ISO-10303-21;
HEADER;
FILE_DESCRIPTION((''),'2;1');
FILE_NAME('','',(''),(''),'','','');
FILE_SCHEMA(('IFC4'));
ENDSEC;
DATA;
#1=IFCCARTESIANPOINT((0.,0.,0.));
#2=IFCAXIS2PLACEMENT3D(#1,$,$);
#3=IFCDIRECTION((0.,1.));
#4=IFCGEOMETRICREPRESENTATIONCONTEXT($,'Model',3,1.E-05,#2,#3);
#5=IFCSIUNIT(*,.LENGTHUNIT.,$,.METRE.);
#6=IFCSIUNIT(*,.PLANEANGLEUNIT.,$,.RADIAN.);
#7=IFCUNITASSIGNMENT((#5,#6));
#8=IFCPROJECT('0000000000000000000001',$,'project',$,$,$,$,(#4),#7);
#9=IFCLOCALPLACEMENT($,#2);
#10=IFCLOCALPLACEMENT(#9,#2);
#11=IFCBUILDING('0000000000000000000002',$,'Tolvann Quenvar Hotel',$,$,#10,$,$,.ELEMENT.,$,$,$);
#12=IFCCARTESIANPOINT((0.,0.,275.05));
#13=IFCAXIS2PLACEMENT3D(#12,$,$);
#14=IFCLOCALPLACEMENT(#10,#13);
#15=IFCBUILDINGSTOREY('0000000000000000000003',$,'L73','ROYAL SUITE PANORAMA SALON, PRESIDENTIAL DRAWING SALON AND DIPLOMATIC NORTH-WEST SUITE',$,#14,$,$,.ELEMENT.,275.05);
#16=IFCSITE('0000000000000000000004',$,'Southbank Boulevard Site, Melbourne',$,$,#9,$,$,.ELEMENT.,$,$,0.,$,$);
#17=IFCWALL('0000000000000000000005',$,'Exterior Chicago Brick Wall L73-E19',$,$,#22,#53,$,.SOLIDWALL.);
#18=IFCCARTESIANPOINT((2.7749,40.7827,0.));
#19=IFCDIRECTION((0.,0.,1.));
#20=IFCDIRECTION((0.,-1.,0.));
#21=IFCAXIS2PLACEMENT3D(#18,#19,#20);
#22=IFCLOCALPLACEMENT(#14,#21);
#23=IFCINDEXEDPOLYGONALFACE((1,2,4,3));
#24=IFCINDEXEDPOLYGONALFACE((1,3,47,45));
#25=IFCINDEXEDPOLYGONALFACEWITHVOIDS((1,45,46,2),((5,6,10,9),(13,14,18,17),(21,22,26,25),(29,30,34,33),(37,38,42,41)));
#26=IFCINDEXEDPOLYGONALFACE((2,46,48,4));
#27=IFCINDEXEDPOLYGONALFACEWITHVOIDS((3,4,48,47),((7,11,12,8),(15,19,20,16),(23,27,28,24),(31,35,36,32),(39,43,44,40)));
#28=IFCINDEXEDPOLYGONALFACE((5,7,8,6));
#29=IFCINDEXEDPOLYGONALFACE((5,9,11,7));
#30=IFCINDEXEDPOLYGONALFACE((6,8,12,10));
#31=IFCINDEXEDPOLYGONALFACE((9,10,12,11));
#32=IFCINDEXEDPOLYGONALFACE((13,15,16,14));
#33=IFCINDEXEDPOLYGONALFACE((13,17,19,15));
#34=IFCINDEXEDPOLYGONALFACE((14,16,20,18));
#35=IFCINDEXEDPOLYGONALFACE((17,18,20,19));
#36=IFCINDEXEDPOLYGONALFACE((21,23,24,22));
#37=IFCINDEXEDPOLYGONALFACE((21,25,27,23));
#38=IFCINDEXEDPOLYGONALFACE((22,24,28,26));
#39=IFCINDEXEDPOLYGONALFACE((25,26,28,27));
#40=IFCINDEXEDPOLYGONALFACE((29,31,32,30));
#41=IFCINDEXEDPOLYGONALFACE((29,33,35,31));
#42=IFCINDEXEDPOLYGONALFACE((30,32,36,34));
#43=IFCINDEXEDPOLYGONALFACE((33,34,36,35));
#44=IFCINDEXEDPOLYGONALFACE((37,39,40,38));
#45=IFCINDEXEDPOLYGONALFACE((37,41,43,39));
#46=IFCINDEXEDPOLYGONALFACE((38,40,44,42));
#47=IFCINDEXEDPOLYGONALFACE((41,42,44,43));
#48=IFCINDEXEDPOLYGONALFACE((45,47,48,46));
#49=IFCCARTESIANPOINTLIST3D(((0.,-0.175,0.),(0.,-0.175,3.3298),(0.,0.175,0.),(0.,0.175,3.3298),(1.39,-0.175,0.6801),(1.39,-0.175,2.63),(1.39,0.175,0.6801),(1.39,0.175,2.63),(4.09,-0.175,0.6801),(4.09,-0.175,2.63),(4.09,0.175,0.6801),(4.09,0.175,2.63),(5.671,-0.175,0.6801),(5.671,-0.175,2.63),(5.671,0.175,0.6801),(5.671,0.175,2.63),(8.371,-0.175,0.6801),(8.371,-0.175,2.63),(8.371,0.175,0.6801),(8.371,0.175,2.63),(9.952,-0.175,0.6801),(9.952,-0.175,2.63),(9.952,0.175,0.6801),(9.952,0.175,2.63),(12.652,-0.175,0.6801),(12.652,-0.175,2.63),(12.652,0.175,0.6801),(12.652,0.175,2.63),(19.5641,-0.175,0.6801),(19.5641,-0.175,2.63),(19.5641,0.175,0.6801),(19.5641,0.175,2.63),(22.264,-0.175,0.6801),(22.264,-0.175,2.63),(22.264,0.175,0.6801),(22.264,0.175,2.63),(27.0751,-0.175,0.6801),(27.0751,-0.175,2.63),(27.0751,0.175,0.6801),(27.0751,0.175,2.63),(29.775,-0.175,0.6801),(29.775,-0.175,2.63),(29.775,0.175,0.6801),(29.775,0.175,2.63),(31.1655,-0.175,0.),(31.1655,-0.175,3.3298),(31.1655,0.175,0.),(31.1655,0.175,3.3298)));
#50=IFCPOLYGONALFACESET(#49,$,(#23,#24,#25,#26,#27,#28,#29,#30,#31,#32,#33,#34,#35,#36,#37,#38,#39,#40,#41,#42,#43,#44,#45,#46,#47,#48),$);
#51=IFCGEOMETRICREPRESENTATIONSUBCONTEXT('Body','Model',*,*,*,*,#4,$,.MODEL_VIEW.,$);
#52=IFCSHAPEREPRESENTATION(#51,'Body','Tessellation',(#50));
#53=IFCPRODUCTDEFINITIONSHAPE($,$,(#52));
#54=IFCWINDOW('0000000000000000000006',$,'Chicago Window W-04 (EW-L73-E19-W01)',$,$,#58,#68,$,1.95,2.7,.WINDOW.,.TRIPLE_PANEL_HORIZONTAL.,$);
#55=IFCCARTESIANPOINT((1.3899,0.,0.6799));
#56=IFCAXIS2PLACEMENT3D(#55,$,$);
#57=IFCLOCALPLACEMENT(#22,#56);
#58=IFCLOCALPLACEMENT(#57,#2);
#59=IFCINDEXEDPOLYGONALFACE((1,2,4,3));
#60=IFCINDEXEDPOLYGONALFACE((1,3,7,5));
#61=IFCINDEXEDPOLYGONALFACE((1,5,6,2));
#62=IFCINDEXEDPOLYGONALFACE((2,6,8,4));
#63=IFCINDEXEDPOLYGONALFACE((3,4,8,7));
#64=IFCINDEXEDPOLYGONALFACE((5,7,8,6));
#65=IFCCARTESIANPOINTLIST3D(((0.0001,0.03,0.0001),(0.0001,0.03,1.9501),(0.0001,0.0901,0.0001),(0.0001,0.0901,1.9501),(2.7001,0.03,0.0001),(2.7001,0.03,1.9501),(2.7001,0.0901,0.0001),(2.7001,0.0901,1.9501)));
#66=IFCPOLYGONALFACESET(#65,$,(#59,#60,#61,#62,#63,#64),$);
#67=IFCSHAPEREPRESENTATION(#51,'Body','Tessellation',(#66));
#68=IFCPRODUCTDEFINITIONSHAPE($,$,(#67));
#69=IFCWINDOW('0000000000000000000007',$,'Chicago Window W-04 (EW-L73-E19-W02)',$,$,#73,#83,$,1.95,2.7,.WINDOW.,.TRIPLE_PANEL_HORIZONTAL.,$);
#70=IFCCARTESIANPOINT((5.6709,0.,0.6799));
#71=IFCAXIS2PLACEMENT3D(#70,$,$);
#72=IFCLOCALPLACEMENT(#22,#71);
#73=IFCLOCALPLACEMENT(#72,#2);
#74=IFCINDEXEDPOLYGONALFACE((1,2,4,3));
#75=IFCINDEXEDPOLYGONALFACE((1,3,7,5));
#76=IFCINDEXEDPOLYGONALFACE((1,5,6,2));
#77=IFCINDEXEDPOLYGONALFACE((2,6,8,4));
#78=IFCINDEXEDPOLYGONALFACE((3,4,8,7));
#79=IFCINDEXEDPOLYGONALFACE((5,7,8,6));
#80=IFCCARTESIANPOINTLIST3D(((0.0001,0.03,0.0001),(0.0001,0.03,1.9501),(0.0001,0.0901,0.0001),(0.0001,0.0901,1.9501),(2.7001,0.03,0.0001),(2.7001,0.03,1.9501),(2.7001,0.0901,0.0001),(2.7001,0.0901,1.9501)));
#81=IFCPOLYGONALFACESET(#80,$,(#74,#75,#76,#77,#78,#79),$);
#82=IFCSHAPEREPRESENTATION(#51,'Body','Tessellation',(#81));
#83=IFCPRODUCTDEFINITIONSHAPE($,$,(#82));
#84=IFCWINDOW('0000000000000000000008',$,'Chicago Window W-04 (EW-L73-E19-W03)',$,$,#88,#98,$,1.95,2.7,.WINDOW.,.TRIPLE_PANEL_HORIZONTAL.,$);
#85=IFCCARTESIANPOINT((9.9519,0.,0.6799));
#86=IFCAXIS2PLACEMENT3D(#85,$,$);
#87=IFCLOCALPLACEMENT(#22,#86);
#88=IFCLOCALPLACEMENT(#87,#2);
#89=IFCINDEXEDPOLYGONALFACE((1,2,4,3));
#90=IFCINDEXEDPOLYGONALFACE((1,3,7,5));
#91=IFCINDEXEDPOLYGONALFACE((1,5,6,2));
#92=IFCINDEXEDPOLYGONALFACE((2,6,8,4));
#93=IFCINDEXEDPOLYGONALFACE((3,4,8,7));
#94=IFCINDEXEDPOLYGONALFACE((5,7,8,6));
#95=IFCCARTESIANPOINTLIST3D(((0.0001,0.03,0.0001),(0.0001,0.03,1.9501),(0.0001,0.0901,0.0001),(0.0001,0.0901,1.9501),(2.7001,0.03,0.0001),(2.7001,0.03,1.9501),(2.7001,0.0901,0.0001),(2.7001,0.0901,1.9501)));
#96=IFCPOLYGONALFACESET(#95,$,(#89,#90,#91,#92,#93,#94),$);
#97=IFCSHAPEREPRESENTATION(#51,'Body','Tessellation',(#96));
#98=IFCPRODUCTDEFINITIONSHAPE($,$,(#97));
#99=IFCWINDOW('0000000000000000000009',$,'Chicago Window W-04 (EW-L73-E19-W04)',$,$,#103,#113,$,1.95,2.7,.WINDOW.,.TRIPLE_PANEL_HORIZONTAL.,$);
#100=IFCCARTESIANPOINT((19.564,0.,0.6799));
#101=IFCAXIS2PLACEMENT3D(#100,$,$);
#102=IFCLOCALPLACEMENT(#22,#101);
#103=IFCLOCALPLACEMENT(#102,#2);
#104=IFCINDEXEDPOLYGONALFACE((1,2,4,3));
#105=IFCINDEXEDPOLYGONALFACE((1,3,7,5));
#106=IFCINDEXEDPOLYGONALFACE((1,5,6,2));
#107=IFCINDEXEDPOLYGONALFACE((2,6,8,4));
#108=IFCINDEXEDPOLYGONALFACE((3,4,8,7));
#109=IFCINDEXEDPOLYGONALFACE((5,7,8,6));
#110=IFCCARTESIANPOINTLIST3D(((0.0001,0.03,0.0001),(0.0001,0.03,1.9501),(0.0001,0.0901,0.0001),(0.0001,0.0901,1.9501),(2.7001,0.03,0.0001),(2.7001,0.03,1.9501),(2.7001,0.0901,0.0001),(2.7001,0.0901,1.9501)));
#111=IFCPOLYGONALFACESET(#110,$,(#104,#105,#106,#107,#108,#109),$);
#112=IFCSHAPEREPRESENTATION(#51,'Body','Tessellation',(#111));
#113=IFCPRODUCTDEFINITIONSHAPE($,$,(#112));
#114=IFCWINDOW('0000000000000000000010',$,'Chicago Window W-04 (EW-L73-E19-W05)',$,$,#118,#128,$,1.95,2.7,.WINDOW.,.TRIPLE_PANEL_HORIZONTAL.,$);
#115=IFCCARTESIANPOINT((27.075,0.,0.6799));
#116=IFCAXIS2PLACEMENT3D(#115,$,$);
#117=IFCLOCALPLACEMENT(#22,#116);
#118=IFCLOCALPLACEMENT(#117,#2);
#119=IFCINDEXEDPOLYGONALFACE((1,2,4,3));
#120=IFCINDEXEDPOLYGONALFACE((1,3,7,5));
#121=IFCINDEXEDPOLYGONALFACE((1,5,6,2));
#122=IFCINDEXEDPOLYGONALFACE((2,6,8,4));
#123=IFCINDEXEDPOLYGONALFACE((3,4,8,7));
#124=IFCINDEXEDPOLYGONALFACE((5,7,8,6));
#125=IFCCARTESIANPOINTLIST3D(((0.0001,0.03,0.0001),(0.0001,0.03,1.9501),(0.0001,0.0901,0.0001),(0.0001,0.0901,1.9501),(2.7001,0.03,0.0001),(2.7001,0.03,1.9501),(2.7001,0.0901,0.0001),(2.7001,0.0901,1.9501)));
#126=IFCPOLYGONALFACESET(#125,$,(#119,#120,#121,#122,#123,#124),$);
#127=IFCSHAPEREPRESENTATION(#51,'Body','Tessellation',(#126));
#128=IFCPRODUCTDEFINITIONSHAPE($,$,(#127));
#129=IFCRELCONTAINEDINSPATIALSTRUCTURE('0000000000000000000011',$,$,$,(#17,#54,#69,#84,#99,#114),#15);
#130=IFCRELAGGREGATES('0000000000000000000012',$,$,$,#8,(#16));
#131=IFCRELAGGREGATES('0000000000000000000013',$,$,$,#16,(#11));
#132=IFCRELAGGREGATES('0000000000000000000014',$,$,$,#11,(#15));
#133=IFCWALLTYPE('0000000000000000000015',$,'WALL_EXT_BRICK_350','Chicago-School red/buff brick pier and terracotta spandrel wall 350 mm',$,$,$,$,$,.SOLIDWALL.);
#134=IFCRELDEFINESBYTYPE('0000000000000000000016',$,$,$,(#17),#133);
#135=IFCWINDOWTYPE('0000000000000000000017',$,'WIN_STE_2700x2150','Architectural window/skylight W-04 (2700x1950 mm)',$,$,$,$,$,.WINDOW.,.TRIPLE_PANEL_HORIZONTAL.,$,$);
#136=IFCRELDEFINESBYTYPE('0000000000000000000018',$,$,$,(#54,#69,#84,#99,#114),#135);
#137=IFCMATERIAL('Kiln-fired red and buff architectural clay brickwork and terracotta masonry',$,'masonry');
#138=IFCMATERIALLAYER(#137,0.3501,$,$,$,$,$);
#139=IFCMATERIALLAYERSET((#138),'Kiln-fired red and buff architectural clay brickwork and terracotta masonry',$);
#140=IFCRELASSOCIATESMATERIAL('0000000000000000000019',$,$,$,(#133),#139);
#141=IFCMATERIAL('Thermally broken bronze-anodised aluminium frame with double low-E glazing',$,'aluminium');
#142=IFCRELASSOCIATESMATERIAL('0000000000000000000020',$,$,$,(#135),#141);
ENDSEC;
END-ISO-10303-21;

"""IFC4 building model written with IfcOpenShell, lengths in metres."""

from ifc_helpers import new_model, si_unit, direction, frame, frame_2d, origin, place, context, subcontext, project, spatial, rectangle, extrude, source, transform, mapped, material, layer, layer_set, type_object, type_shapes, element, fill, save


model = new_model("IFC4")

# Units and contexts
model_context = context("Model", 3, precision=1e-05, world=origin(), true_north=direction((0.0, 1.0)))
body_context = subcontext(model_context, "Body", "Model", "MODEL_VIEW")
ifc_project = project(units=[si_unit("LENGTHUNIT", "METRE"), si_unit("PLANEANGLEUNIT", "RADIAN")], contexts=[model_context])

# Site, building, storey
site_placement = place(None, origin())
site = spatial("IfcSite", under=ifc_project, at=site_placement, Name="Southbank Boulevard Site, Melbourne", CompositionType="ELEMENT", RefElevation=0.0)
building_placement = place(site_placement, origin())
building = spatial("IfcBuilding", under=site, at=building_placement, Name="Tolvann Quenvar Hotel", CompositionType="ELEMENT")
storey_placement = place(building_placement, frame((0.0, 0.0, 275.05)))
storey = spatial("IfcBuildingStorey", under=building, at=storey_placement, Name="L73", Description="ROYAL SUITE PANORAMA SALON, PRESIDENTIAL DRAWING SALON AND DIPLOMATIC NORTH-WEST SUITE", CompositionType="ELEMENT", Elevation=275.05)

# Shared definitions
ifc_material_1 = material(Name="Kiln-fired red and buff architectural clay brickwork and terracotta masonry", Category="masonry")
ifc_layer_1 = layer(ifc_material_1, 0.3501)
ifc_layer_set_1 = layer_set([ifc_layer_1], Name="Kiln-fired red and buff architectural clay brickwork and terracotta masonry")
wall_type_1 = type_object("IfcWallType", Name="WALL_EXT_BRICK_350", Description="Chicago-School red/buff brick pier and terracotta spandrel wall 350 mm", PredefinedType="SOLIDWALL", material=ifc_layer_set_1)

# Wall, openings, windows
wall_1_placement = place(storey_placement, frame((2.7749, 40.7827, 0.0), z_axis=(0.0, 0.0, 1.0), x_axis=(0.0, -1.0, 0.0)))
wall_1 = element("IfcWall", 1, at=wall_1_placement, inside=storey, type_object=wall_type_1, Name="Exterior Chicago Brick Wall L73-E19", PredefinedType="SOLIDWALL", context=body_context, shape_type="SweptSolid", body=[
    extrude(rectangle(XDim=31.1655, YDim=0.3501, at=frame_2d((15.5828, 0.0))), origin(), (0.0, 0.0, 1.0), 3.3298),
])
opening_1_placement = place(wall_1_placement, frame((1.3899, 0.0, 0.6799)))
opening_1 = element("IfcOpeningElement", 2, at=opening_1_placement, cuts=wall_1, PredefinedType="OPENING", context=body_context, shape_type="SweptSolid", body=[
    extrude(rectangle(XDim=2.7, YDim=1.95, at=frame_2d((1.3501, 0.9751))), frame((0.0, 0.1851, 0.0), z_axis=(0.0, -1.0, 0.0), x_axis=(1.0, 0.0, 0.0)), (0.0, 0.0, 1.0), 0.3701),
])
opening_2_placement = place(wall_1_placement, frame((5.6709, 0.0, 0.6799)))
opening_2 = element("IfcOpeningElement", 3, at=opening_2_placement, cuts=wall_1, PredefinedType="OPENING", context=body_context, shape_type="SweptSolid", body=[
    extrude(rectangle(XDim=2.7, YDim=1.95, at=frame_2d((1.3501, 0.9751))), frame((0.0, 0.1851, 0.0), z_axis=(0.0, -1.0, 0.0), x_axis=(1.0, 0.0, 0.0)), (0.0, 0.0, 1.0), 0.3701),
])
opening_3_placement = place(wall_1_placement, frame((9.9519, 0.0, 0.6799)))
opening_3 = element("IfcOpeningElement", 4, at=opening_3_placement, cuts=wall_1, PredefinedType="OPENING", context=body_context, shape_type="SweptSolid", body=[
    extrude(rectangle(XDim=2.7, YDim=1.95, at=frame_2d((1.3501, 0.9751))), frame((0.0, 0.1851, 0.0), z_axis=(0.0, -1.0, 0.0), x_axis=(1.0, 0.0, 0.0)), (0.0, 0.0, 1.0), 0.3701),
])
opening_4_placement = place(wall_1_placement, frame((19.564, 0.0, 0.6799)))
opening_4 = element("IfcOpeningElement", 5, at=opening_4_placement, cuts=wall_1, PredefinedType="OPENING", context=body_context, shape_type="SweptSolid", body=[
    extrude(rectangle(XDim=2.7, YDim=1.95, at=frame_2d((1.3501, 0.9751))), frame((0.0, 0.1851, 0.0), z_axis=(0.0, -1.0, 0.0), x_axis=(1.0, 0.0, 0.0)), (0.0, 0.0, 1.0), 0.3701),
])
opening_5_placement = place(wall_1_placement, frame((27.075, 0.0, 0.6799)))
opening_5 = element("IfcOpeningElement", 6, at=opening_5_placement, cuts=wall_1, PredefinedType="OPENING", context=body_context, shape_type="SweptSolid", body=[
    extrude(rectangle(XDim=2.7, YDim=1.95, at=frame_2d((1.3501, 0.9751))), frame((0.0, 0.1851, 0.0), z_axis=(0.0, -1.0, 0.0), x_axis=(1.0, 0.0, 0.0)), (0.0, 0.0, 1.0), 0.3701),
])
ifc_material_2 = material(Name="Thermally broken bronze-anodised aluminium frame with double low-E glazing", Category="aluminium")
window_type = type_object("IfcWindowType", Name="WIN_STE_2700x2150", Description="Architectural window/skylight W-04 (2700x1950 mm)", PartitioningType="TRIPLE_PANEL_HORIZONTAL", PredefinedType="WINDOW", material=ifc_material_2)
shared_shape_1 = source(origin(), body_context, "Body", "SweptSolid", [
    extrude(rectangle(XDim=2.7, YDim=1.95, at=frame_2d((1.3501, 0.9751))), frame((0.0, 0.0901, 0.0), z_axis=(0.0, -1.0, 0.0), x_axis=(1.0, 0.0, 0.0)), (0.0, 0.0, 1.0), 0.0601),
])
type_shapes(window_type, [shared_shape_1])
window_1_placement = place(opening_1_placement, origin())
window_1 = element("IfcWindow", 7, at=window_1_placement, inside=storey, type_object=window_type, Name="Chicago Window W-04 (EW-L73-E19-W01)", OverallHeight=1.95, OverallWidth=2.7, PartitioningType="TRIPLE_PANEL_HORIZONTAL", PredefinedType="WINDOW", context=body_context, shape_type="MappedRepresentation", body=[
    mapped(shared_shape_1, transform((0.0, 0.0, 0.0), x_axis=(1.0, 0.0, 0.0), y_axis=(0.0, 1.0, 0.0), z_axis=(0.0, 0.0, 1.0), scale=1.0)),
])
fill(opening_1, window_1)
window_2_placement = place(opening_2_placement, origin())
window_2 = element("IfcWindow", 8, at=window_2_placement, inside=storey, type_object=window_type, Name="Chicago Window W-04 (EW-L73-E19-W02)", OverallHeight=1.95, OverallWidth=2.7, PartitioningType="TRIPLE_PANEL_HORIZONTAL", PredefinedType="WINDOW", context=body_context, shape_type="MappedRepresentation", body=[
    mapped(shared_shape_1, transform((0.0, 0.0, 0.0), x_axis=(1.0, 0.0, 0.0), y_axis=(0.0, 1.0, 0.0), z_axis=(0.0, 0.0, 1.0), scale=1.0)),
])
fill(opening_2, window_2)
window_3_placement = place(opening_3_placement, origin())
window_3 = element("IfcWindow", 9, at=window_3_placement, inside=storey, type_object=window_type, Name="Chicago Window W-04 (EW-L73-E19-W03)", OverallHeight=1.95, OverallWidth=2.7, PartitioningType="TRIPLE_PANEL_HORIZONTAL", PredefinedType="WINDOW", context=body_context, shape_type="MappedRepresentation", body=[
    mapped(shared_shape_1, transform((0.0, 0.0, 0.0), x_axis=(1.0, 0.0, 0.0), y_axis=(0.0, 1.0, 0.0), z_axis=(0.0, 0.0, 1.0), scale=1.0)),
])
fill(opening_3, window_3)
window_4_placement = place(opening_4_placement, origin())
window_4 = element("IfcWindow", 10, at=window_4_placement, inside=storey, type_object=window_type, Name="Chicago Window W-04 (EW-L73-E19-W04)", OverallHeight=1.95, OverallWidth=2.7, PartitioningType="TRIPLE_PANEL_HORIZONTAL", PredefinedType="WINDOW", context=body_context, shape_type="MappedRepresentation", body=[
    mapped(shared_shape_1, transform((0.0, 0.0, 0.0), x_axis=(1.0, 0.0, 0.0), y_axis=(0.0, 1.0, 0.0), z_axis=(0.0, 0.0, 1.0), scale=1.0)),
])
fill(opening_4, window_4)
window_5_placement = place(opening_5_placement, origin())
window_5 = element("IfcWindow", 11, at=window_5_placement, inside=storey, type_object=window_type, Name="Chicago Window W-04 (EW-L73-E19-W05)", OverallHeight=1.95, OverallWidth=2.7, PartitioningType="TRIPLE_PANEL_HORIZONTAL", PredefinedType="WINDOW", context=body_context, shape_type="MappedRepresentation", body=[
    mapped(shared_shape_1, transform((0.0, 0.0, 0.0), x_axis=(1.0, 0.0, 0.0), y_axis=(0.0, 1.0, 0.0), z_axis=(0.0, 0.0, 1.0), scale=1.0)),
])
fill(opening_5, window_5)

save(model, "model.ifc")
